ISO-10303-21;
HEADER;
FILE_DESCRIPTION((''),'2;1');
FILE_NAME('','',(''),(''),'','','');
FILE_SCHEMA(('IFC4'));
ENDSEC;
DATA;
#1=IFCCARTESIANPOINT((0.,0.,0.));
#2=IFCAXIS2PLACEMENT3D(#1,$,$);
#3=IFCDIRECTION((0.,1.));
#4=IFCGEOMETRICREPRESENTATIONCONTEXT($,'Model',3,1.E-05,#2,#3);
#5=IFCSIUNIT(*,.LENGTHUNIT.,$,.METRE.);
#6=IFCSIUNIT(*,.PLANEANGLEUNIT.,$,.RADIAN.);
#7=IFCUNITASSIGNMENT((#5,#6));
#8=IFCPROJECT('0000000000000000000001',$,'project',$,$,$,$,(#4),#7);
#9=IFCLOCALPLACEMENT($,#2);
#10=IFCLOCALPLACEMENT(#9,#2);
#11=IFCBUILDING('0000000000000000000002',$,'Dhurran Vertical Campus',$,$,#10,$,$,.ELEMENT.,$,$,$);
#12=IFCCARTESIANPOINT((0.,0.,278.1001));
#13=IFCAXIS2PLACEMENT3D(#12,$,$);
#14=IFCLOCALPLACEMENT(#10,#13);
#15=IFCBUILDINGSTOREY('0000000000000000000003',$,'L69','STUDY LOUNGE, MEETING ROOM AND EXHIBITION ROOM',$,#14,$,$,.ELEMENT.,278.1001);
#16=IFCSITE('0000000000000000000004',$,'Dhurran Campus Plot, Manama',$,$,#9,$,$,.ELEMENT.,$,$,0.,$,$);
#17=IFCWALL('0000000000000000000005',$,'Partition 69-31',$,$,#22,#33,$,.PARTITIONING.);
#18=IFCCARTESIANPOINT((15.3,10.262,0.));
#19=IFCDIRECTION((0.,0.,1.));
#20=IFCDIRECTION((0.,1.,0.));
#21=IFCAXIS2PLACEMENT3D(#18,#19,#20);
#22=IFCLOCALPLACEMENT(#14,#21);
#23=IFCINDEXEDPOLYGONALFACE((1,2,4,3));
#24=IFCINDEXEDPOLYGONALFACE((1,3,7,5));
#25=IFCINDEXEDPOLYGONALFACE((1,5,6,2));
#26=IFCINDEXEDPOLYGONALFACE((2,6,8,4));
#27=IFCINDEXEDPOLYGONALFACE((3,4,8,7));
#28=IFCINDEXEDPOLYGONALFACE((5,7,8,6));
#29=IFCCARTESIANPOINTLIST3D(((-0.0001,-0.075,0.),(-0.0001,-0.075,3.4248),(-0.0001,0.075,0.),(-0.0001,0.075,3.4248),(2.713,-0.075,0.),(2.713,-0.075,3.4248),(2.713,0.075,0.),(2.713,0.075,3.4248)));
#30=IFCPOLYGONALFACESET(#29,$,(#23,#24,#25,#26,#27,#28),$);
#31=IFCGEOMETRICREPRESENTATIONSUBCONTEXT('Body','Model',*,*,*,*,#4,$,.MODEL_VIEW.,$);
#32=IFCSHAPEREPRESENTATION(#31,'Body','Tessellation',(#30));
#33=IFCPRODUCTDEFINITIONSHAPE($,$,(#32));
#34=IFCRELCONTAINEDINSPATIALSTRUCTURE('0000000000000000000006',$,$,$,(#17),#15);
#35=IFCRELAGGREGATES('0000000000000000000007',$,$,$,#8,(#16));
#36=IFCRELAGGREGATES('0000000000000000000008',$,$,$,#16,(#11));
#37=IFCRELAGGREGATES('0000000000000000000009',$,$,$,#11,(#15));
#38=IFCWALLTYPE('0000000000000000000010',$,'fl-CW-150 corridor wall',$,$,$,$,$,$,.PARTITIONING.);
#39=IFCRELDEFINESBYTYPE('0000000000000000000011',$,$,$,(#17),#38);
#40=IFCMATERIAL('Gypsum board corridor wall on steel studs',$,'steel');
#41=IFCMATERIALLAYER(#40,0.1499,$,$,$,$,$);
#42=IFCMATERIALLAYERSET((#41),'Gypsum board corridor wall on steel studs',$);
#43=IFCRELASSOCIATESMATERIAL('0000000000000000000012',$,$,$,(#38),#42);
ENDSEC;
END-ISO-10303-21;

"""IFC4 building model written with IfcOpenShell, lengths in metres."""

from ifc_helpers import new_model, si_unit, direction, frame, frame_2d, origin, place, context, subcontext, project, spatial, rectangle, extrude, material, layer, layer_set, type_object, element, save


model = new_model("IFC4")

# Units and contexts
model_context = context("Model", 3, precision=1e-05, world=origin(), true_north=direction((0.0, 1.0)))
body_context = subcontext(model_context, "Body", "Model", "MODEL_VIEW")
ifc_project = project(units=[si_unit("LENGTHUNIT", "METRE"), si_unit("PLANEANGLEUNIT", "RADIAN")], contexts=[model_context])

# Site, building, storey
site_placement = place(None, origin())
site = spatial("IfcSite", under=ifc_project, at=site_placement, Name="Dhurran Campus Plot, Manama", CompositionType="ELEMENT", RefElevation=0.0)
building_placement = place(site_placement, origin())
building = spatial("IfcBuilding", under=site, at=building_placement, Name="Dhurran Vertical Campus", CompositionType="ELEMENT")
storey_placement = place(building_placement, frame((0.0, 0.0, 278.1001)))
storey = spatial("IfcBuildingStorey", under=building, at=storey_placement, Name="L69", Description="STUDY LOUNGE, MEETING ROOM AND EXHIBITION ROOM", CompositionType="ELEMENT", Elevation=278.1001)

# Shared definitions
ifc_material_1 = material(Name="Gypsum board corridor wall on steel studs", Category="steel")
ifc_layer_1 = layer(ifc_material_1, 0.1499)
ifc_layer_set_1 = layer_set([ifc_layer_1], Name="Gypsum board corridor wall on steel studs")
wall_type_1 = type_object("IfcWallType", Name="fl-CW-150 corridor wall", PredefinedType="PARTITIONING", material=ifc_layer_set_1)

# Wall
wall_1_placement = place(storey_placement, frame((15.3, 10.262, 0.0), z_axis=(0.0, 0.0, 1.0), x_axis=(0.0, 1.0, 0.0)))
element("IfcWall", 1, at=wall_1_placement, inside=storey, type_object=wall_type_1, Name="Partition 69-31", PredefinedType="PARTITIONING", context=body_context, shape_type="SweptSolid", body=[
    extrude(rectangle(XDim=2.7131, YDim=0.1499, at=frame_2d((1.3564, 0.0))), origin(), (0.0, 0.0, 1.0), 3.4248),
])

save(model, "model.ifc")
